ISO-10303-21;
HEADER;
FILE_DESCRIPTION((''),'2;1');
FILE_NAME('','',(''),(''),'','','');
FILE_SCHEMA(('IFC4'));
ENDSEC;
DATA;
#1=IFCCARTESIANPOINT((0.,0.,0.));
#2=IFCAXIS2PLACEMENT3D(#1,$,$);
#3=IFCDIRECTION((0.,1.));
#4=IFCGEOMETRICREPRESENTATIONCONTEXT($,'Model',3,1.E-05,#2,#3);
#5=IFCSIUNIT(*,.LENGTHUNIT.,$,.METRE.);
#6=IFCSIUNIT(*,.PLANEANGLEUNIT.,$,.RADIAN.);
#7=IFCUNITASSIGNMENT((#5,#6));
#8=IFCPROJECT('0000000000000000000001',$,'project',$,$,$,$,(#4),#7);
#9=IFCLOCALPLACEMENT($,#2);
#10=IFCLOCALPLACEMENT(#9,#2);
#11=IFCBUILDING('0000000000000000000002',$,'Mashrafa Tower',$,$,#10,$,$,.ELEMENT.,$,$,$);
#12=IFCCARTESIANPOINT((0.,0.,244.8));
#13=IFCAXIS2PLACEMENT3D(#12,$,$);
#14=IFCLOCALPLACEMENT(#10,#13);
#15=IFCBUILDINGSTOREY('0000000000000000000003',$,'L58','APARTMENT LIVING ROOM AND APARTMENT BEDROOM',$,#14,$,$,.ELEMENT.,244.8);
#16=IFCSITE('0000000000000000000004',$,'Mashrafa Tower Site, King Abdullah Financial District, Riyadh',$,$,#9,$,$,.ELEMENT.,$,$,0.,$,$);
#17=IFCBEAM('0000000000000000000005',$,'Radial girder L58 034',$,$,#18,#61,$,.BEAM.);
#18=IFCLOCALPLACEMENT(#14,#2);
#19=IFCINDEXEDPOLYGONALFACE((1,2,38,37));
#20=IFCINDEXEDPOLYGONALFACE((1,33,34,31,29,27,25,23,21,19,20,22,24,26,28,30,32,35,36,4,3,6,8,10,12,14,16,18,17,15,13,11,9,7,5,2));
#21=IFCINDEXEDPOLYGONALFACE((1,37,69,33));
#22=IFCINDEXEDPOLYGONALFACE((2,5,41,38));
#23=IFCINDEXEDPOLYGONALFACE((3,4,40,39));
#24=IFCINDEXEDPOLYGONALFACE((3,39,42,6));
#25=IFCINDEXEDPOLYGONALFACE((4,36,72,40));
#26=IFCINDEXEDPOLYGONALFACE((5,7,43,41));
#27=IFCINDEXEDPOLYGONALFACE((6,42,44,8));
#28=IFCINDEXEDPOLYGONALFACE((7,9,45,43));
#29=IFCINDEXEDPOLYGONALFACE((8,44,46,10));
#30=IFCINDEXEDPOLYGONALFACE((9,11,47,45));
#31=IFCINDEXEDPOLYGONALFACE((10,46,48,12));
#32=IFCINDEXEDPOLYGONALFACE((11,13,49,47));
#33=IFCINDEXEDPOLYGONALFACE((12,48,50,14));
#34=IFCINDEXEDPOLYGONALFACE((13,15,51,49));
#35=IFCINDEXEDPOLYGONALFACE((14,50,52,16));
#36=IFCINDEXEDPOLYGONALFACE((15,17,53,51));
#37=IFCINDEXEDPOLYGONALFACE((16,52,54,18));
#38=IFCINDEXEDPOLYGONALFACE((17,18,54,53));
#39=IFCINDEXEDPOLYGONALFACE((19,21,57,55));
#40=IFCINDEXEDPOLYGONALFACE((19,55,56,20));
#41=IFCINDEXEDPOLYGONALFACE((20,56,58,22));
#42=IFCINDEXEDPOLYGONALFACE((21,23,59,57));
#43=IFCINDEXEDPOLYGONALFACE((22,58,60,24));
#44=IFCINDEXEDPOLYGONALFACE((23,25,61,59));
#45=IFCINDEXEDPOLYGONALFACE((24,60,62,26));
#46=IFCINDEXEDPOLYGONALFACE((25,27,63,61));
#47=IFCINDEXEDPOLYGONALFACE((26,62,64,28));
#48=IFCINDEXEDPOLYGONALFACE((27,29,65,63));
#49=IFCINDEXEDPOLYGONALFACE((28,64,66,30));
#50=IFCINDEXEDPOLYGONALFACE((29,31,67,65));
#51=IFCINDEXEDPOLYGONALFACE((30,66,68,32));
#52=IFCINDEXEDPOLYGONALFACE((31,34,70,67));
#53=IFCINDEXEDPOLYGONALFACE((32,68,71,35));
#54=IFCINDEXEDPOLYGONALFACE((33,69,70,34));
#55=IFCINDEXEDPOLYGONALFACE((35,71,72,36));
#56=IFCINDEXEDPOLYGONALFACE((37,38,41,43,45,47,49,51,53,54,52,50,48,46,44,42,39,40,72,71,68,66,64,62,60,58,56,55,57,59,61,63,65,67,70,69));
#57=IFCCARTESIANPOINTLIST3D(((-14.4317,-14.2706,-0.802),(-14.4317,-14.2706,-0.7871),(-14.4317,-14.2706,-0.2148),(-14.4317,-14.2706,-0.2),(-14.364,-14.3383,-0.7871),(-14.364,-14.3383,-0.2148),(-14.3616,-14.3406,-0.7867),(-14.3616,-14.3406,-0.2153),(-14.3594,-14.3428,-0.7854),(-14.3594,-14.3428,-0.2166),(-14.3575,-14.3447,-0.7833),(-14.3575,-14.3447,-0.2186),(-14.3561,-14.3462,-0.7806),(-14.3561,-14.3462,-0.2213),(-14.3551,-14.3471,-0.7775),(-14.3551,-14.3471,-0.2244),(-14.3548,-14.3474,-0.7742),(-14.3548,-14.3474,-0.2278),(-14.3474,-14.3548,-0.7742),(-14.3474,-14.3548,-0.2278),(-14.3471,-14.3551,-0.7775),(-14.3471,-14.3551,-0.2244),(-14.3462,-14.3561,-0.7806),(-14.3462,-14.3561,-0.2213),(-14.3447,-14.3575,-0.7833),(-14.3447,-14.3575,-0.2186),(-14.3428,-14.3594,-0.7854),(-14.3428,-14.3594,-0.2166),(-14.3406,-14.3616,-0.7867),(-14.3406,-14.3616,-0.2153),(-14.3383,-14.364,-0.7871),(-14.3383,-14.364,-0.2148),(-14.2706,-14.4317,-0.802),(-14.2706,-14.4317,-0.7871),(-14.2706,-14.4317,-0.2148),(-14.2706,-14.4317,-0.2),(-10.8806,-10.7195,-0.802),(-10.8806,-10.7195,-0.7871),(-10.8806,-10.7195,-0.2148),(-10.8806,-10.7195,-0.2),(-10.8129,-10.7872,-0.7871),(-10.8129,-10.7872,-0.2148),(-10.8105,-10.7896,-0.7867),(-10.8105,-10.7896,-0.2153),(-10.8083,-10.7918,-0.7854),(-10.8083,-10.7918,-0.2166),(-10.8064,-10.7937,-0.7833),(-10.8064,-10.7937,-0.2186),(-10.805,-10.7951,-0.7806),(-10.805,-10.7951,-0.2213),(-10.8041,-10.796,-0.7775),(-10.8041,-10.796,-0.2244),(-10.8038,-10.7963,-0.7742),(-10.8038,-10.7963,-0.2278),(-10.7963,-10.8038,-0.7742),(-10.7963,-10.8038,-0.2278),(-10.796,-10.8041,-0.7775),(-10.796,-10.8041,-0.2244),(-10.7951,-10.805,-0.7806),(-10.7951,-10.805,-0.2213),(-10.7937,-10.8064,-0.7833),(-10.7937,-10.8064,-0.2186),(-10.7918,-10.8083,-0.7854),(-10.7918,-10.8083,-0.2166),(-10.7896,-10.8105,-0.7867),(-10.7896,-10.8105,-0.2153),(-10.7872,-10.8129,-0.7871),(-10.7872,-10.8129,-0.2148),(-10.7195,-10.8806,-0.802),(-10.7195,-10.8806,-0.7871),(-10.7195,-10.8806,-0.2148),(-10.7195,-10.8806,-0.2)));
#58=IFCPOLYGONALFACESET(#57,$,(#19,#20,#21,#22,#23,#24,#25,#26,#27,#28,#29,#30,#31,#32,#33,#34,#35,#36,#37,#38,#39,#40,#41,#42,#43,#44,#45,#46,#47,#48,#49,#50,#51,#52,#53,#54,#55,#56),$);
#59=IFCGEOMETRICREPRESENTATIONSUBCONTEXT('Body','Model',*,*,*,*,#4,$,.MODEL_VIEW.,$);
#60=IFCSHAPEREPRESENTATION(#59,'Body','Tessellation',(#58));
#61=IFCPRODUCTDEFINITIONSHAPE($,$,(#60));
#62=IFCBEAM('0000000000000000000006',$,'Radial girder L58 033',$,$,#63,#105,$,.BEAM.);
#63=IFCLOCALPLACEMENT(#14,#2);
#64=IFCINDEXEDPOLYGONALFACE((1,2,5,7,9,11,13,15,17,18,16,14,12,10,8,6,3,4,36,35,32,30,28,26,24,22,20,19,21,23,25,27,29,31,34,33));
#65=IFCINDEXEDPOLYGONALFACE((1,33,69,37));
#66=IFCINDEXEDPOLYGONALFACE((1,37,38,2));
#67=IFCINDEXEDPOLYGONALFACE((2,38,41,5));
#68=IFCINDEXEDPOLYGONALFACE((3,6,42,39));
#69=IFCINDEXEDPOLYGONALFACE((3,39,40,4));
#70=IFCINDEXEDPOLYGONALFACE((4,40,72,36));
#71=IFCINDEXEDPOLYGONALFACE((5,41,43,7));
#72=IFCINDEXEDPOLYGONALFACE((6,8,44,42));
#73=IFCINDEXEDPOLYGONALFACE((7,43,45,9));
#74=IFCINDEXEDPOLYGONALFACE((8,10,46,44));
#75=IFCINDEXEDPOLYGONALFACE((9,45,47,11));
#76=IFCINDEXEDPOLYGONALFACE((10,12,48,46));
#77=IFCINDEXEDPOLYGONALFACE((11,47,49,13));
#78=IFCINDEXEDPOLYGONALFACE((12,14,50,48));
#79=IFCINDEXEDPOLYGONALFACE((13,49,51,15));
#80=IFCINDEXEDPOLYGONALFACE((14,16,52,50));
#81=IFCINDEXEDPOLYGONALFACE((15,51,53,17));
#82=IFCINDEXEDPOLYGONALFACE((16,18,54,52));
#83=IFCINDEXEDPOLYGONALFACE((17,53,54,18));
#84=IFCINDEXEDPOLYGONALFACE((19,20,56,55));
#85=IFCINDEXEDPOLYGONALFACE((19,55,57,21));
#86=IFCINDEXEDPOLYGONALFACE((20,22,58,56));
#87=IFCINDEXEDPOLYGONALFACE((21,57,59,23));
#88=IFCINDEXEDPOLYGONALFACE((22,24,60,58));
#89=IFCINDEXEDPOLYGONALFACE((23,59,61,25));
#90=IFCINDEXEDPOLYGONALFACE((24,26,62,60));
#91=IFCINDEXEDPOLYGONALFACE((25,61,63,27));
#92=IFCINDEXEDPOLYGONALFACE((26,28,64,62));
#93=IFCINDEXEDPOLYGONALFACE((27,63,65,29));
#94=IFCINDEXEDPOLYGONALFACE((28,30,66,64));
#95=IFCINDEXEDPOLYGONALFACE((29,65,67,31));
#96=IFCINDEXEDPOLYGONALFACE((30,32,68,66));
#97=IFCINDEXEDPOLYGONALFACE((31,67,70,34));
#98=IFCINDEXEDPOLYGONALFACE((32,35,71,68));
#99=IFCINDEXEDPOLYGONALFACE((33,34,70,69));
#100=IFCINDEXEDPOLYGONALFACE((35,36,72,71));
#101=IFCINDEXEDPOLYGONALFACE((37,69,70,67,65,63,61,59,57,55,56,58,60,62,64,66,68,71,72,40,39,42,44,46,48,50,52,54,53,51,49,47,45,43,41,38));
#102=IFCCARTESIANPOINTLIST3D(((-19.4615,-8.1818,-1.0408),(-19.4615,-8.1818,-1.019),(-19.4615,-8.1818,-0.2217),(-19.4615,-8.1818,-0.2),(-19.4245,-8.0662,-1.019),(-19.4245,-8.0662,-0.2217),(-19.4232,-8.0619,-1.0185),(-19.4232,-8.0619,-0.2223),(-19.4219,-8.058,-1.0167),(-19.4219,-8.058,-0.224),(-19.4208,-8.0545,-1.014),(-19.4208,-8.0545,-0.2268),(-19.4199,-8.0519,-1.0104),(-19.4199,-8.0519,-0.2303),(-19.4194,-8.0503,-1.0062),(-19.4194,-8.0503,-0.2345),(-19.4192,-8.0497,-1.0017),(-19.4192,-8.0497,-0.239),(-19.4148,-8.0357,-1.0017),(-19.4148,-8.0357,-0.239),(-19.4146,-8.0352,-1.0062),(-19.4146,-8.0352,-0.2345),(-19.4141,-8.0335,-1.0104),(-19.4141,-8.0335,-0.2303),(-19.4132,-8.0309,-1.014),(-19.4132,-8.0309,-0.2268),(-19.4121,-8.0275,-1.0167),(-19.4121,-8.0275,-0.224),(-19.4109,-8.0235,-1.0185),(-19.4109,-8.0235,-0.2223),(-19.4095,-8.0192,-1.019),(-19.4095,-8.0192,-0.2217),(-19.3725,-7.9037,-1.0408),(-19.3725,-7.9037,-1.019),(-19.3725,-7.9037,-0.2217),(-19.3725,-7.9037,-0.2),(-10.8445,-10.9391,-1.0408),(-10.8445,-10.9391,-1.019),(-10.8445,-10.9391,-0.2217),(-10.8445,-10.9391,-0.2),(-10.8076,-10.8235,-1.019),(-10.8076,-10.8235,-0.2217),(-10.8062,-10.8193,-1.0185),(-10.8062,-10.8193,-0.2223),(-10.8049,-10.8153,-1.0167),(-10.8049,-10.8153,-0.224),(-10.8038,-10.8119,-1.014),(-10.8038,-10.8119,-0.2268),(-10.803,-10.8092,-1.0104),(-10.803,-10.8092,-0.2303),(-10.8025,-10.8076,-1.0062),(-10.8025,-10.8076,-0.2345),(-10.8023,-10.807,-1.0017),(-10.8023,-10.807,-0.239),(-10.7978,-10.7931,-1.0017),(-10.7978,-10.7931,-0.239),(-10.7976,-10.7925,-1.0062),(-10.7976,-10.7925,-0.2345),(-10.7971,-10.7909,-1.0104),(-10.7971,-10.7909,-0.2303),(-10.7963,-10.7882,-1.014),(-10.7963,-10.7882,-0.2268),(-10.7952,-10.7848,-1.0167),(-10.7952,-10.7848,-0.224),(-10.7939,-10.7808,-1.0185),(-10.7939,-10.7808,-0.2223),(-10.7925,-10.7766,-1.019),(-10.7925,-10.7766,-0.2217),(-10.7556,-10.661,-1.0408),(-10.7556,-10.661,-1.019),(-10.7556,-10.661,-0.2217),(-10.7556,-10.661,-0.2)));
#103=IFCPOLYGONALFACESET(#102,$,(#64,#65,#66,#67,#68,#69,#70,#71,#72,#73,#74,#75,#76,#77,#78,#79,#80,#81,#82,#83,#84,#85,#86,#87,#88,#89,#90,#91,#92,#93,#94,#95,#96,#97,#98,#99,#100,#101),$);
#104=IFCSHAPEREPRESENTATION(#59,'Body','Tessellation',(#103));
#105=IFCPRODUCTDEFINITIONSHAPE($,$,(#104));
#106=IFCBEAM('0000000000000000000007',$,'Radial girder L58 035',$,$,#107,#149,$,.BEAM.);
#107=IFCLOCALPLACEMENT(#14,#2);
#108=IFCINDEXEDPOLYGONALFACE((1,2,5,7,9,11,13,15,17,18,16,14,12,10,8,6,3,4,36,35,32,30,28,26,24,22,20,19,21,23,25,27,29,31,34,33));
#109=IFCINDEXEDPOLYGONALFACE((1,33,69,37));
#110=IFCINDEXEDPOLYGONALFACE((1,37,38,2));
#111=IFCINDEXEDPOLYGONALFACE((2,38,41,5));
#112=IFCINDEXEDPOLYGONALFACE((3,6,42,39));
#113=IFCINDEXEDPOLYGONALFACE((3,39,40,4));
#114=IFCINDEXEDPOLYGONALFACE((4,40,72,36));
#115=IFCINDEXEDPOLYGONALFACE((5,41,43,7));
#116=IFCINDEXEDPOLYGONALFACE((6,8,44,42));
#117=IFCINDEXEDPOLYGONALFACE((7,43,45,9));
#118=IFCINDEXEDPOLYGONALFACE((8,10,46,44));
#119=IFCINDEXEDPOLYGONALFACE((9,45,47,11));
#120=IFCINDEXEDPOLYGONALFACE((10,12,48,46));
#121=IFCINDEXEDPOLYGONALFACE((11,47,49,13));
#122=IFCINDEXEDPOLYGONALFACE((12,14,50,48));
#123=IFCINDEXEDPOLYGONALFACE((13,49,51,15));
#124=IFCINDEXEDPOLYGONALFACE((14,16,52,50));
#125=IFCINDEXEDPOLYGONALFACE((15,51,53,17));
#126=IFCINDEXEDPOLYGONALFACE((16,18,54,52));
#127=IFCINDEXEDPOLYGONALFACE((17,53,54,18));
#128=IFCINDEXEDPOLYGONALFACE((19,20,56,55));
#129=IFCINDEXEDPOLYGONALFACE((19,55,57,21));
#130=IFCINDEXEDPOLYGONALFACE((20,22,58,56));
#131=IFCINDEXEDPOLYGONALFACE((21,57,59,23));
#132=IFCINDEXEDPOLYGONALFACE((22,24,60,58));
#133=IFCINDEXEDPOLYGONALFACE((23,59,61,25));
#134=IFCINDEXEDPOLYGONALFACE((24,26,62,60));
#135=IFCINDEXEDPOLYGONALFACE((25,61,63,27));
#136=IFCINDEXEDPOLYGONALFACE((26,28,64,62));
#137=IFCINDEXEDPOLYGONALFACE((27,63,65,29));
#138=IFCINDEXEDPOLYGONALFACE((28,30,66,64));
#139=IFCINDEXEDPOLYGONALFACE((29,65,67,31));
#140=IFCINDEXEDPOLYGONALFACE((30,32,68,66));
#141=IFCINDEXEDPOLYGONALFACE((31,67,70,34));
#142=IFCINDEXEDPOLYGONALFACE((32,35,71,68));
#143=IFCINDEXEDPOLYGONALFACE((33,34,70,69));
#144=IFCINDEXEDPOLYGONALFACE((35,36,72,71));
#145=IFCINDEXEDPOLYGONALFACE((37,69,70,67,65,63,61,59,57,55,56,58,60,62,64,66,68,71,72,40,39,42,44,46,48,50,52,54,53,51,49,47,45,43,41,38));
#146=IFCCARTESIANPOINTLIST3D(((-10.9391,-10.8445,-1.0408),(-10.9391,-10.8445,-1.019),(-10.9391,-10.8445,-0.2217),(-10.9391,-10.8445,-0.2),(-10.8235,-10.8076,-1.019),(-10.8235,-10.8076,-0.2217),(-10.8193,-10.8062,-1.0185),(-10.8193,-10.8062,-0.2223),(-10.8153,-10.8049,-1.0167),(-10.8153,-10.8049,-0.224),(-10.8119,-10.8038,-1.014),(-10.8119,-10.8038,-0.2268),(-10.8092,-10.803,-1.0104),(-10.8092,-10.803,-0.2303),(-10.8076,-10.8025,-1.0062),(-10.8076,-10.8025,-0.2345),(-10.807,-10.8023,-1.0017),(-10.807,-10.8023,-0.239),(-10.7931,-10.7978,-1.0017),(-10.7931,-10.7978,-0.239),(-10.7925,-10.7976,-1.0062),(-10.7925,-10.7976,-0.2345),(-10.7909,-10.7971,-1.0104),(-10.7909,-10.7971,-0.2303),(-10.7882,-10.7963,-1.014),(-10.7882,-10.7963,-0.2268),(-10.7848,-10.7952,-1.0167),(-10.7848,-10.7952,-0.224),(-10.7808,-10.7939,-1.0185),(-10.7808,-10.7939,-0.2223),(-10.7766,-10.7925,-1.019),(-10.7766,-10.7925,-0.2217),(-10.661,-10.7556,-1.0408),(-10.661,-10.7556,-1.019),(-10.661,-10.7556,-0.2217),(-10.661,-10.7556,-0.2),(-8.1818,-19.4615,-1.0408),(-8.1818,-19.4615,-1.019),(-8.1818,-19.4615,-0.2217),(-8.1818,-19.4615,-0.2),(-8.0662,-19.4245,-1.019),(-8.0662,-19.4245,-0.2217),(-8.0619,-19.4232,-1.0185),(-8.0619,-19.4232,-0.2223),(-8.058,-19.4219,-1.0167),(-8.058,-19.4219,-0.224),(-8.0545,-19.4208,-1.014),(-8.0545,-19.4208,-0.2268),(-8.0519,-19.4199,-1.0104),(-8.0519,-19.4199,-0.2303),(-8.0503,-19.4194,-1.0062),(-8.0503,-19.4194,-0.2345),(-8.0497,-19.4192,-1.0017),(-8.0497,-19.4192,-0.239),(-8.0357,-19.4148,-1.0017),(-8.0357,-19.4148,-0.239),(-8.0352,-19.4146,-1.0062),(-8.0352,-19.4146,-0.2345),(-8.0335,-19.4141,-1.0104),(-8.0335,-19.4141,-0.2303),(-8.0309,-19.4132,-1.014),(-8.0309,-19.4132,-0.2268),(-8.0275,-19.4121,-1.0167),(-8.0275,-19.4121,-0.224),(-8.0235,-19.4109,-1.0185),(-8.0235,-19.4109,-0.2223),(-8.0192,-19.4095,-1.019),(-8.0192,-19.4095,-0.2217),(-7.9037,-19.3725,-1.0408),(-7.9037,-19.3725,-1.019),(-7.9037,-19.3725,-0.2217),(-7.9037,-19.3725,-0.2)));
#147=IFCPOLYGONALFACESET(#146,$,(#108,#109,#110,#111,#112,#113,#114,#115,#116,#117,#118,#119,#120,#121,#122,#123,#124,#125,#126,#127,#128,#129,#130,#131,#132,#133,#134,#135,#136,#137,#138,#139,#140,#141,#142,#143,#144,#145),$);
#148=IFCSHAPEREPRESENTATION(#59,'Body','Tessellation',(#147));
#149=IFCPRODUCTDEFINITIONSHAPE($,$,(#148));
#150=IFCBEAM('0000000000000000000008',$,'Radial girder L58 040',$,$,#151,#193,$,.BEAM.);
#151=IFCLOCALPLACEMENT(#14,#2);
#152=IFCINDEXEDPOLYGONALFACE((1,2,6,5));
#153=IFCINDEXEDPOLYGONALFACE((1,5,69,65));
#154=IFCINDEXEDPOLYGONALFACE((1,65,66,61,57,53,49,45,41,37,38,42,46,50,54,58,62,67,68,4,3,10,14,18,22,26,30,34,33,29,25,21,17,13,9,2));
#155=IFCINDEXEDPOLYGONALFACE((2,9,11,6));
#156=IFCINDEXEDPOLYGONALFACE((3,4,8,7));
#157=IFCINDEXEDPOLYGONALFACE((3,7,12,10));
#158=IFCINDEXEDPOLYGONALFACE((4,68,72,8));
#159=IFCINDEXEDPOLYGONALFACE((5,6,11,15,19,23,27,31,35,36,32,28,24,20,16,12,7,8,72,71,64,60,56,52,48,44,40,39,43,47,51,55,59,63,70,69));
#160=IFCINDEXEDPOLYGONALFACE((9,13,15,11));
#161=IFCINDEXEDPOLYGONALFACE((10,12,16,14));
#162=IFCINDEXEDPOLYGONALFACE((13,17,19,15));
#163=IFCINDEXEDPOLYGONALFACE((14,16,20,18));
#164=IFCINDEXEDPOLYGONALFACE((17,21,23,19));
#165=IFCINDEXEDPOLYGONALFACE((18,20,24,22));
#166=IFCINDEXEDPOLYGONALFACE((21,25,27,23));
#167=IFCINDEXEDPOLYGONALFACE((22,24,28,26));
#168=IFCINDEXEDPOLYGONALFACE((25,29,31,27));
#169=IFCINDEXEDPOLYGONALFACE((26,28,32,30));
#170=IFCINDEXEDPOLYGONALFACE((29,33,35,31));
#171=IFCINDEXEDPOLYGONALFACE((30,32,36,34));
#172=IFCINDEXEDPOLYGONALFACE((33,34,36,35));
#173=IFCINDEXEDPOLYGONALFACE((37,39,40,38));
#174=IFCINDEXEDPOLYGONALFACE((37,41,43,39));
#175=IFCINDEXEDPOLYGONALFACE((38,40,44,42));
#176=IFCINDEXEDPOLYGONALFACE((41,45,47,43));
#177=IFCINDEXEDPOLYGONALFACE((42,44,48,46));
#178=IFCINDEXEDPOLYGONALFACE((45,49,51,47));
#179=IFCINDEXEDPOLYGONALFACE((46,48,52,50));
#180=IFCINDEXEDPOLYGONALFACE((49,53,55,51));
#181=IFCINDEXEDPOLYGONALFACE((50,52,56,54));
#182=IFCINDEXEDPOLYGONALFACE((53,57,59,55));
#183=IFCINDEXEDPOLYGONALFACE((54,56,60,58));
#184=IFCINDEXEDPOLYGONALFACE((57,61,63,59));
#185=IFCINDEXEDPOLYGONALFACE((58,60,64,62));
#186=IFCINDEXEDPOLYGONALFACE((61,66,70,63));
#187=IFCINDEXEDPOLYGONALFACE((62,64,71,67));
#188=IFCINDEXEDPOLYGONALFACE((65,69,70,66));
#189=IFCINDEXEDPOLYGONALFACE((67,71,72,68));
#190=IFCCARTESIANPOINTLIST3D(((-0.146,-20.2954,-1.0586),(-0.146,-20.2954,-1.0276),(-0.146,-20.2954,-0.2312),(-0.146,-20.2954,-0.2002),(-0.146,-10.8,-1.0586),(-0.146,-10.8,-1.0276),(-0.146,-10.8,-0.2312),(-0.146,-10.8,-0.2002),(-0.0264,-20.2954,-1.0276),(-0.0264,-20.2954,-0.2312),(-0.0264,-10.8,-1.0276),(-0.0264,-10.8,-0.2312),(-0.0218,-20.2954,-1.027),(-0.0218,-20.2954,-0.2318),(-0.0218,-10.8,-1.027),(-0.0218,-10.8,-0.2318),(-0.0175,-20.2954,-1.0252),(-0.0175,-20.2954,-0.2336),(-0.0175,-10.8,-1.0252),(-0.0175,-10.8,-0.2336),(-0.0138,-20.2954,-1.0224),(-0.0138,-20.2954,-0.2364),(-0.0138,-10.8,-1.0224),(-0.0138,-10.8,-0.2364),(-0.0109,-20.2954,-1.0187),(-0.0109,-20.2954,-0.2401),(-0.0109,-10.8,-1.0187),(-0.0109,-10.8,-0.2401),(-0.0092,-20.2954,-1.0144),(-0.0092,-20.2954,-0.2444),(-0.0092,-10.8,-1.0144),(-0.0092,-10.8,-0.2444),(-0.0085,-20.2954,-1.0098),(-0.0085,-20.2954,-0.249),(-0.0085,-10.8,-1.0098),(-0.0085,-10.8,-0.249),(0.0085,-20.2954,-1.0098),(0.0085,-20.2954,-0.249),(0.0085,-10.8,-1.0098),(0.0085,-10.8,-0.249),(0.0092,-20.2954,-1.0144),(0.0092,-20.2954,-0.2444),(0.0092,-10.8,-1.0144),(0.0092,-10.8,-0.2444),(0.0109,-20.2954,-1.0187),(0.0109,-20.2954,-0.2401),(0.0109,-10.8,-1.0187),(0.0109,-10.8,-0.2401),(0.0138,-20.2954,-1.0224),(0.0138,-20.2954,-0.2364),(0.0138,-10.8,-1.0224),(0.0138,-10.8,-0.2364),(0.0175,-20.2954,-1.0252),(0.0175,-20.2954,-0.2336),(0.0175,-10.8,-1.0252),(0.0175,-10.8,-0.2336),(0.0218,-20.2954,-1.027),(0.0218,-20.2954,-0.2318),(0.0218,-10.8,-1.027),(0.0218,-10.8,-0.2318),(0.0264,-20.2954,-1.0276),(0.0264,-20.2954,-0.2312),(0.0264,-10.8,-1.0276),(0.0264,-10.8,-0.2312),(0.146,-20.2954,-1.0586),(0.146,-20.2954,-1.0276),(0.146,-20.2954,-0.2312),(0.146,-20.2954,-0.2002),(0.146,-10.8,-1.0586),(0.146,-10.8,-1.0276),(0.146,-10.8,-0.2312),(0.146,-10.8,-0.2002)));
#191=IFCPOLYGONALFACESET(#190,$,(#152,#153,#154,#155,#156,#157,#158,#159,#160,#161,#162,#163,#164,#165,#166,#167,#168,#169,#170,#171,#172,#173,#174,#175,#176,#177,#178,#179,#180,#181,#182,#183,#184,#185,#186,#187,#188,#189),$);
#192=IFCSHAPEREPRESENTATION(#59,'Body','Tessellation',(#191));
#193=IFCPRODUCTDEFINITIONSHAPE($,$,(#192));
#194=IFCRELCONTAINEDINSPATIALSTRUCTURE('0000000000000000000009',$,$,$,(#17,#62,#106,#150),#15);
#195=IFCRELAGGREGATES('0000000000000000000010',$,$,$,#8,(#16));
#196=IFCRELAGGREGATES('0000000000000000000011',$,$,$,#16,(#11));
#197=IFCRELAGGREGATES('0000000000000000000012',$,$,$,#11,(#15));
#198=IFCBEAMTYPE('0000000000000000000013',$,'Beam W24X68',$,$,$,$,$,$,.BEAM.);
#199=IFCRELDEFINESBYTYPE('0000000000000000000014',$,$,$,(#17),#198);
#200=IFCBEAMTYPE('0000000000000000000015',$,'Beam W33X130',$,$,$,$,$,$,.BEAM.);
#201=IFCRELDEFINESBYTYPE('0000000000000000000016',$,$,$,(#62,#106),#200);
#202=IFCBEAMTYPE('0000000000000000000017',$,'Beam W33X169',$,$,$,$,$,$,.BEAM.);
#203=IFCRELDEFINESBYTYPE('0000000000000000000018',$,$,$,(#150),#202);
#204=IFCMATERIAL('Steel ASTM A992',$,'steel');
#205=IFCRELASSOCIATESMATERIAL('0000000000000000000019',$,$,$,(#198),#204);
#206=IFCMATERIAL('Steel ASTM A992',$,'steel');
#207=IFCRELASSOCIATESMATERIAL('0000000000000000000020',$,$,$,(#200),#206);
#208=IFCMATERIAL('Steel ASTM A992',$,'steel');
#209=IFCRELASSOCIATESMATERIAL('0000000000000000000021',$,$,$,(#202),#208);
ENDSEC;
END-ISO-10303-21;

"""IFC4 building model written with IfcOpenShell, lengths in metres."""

from ifc_helpers import new_model, si_unit, direction, frame, origin, origin_2d, place, context, subcontext, project, spatial, i_section, extrude, material, material_profile, profile_set, type_object, element, save


model = new_model("IFC4")

# Units and contexts
model_context = context("Model", 3, precision=1e-05, world=origin(), true_north=direction((0.0, 1.0)))
body_context = subcontext(model_context, "Body", "Model", "MODEL_VIEW")
ifc_project = project(units=[si_unit("LENGTHUNIT", "METRE"), si_unit("PLANEANGLEUNIT", "RADIAN")], contexts=[model_context])

# Site, building, storey
site_placement = place(None, origin())
site = spatial("IfcSite", under=ifc_project, at=site_placement, Name="Mashrafa Tower Site, King Abdullah Financial District, Riyadh", CompositionType="ELEMENT", RefElevation=0.0)
building_placement = place(site_placement, origin())
building = spatial("IfcBuilding", under=site, at=building_placement, Name="Mashrafa Tower", CompositionType="ELEMENT")
storey_placement = place(building_placement, frame((0.0, 0.0, 244.8)))
storey = spatial("IfcBuildingStorey", under=building, at=storey_placement, Name="L58", Description="APARTMENT LIVING ROOM AND APARTMENT BEDROOM", CompositionType="ELEMENT", Elevation=244.8)

# Beams
ifc_material_1 = material(Name="Steel ASTM A992", Category="steel")
ifc_material_profile_1 = material_profile(ifc_material_1, i_section(OverallWidth=0.2278, OverallDepth=0.6021, WebThickness=0.0105, FlangeThickness=0.0149, FilletRadius=0.0129, at=origin_2d()), Name="W24X68")
ifc_profile_set_1 = profile_set([ifc_material_profile_1], Name="Steel ASTM A992")
beam_type_1 = type_object("IfcBeamType", Name="Beam W24X68", PredefinedType="BEAM", material=ifc_profile_set_1)
beam_1_placement = place(storey_placement, frame((-10.8, -10.8, -0.501), z_axis=(-0.707107, -0.707107, 0.0), x_axis=(0.707107, -0.707107, 0.0)))
element("IfcBeam", 1, at=beam_1_placement, inside=storey, type_object=beam_type_1, Name="Radial girder L58 034", PredefinedType="BEAM", context=body_context, shape_type="SweptSolid", body=[
    extrude(i_section(OverallWidth=0.2278, OverallDepth=0.6021, WebThickness=0.0105, FlangeThickness=0.0149, FilletRadius=0.0129, at=origin_2d()), origin(), (0.0, 0.0, 1.0), 5.022),
])
ifc_material_2 = material(Name="Steel ASTM A992", Category="steel")
ifc_material_profile_2 = material_profile(ifc_material_2, i_section(OverallWidth=0.292, OverallDepth=0.8408, WebThickness=0.0146, FlangeThickness=0.0217, FilletRadius=0.0173, at=origin_2d()), Name="W33X130")
ifc_profile_set_2 = profile_set([ifc_material_profile_2], Name="Steel ASTM A992")
beam_type_2 = type_object("IfcBeamType", Name="Beam W33X130", PredefinedType="BEAM", material=ifc_profile_set_2)
for number, where, z_axis, x_axis, name in (
    (2, (-10.8, -10.8, -0.6204), (-0.952427, 0.304766, 0.0), (-0.304766, -0.952427, 0.0), "Radial girder L58 033"),
    (3, (-10.8, -10.8, -0.6204), (0.304766, -0.952427, 0.0), (0.952427, 0.304766, 0.0), "Radial girder L58 035"),
):
    element("IfcBeam", number, at=place(storey_placement, frame(where, z_axis=z_axis, x_axis=x_axis)), inside=storey, type_object=beam_type_2, Name=name, PredefinedType="BEAM", context=body_context, shape_type="SweptSolid", body=[
        extrude(i_section(OverallWidth=0.292, OverallDepth=0.8408, WebThickness=0.0146, FlangeThickness=0.0217, FilletRadius=0.0173, at=origin_2d()), origin(), (0.0, 0.0, 1.0), 9.0474),
    ])
ifc_material_3 = material(Name="Steel ASTM A992", Category="steel")
ifc_material_profile_3 = material_profile(ifc_material_3, i_section(OverallWidth=0.292, OverallDepth=0.8584, WebThickness=0.0171, FlangeThickness=0.031, FilletRadius=0.0178, at=origin_2d()), Name="W33X169")
ifc_profile_set_3 = profile_set([ifc_material_profile_3], Name="Steel ASTM A992")
beam_type_3 = type_object("IfcBeamType", Name="Beam W33X169", PredefinedType="BEAM", material=ifc_profile_set_3)
beam_2_placement = place(storey_placement, frame((0.0, -10.8, -0.6294), z_axis=(0.0, -1.0, 0.0), x_axis=(1.0, 0.0, 0.0)))
element("IfcBeam", 4, at=beam_2_placement, inside=storey, type_object=beam_type_3, Name="Radial girder L58 040", PredefinedType="BEAM", context=body_context, shape_type="SweptSolid", body=[
    extrude(i_section(OverallWidth=0.292, OverallDepth=0.8584, WebThickness=0.0171, FlangeThickness=0.031, FilletRadius=0.0178, at=origin_2d()), origin(), (0.0, 0.0, 1.0), 9.4954),
])

save(model, "model.ifc")
